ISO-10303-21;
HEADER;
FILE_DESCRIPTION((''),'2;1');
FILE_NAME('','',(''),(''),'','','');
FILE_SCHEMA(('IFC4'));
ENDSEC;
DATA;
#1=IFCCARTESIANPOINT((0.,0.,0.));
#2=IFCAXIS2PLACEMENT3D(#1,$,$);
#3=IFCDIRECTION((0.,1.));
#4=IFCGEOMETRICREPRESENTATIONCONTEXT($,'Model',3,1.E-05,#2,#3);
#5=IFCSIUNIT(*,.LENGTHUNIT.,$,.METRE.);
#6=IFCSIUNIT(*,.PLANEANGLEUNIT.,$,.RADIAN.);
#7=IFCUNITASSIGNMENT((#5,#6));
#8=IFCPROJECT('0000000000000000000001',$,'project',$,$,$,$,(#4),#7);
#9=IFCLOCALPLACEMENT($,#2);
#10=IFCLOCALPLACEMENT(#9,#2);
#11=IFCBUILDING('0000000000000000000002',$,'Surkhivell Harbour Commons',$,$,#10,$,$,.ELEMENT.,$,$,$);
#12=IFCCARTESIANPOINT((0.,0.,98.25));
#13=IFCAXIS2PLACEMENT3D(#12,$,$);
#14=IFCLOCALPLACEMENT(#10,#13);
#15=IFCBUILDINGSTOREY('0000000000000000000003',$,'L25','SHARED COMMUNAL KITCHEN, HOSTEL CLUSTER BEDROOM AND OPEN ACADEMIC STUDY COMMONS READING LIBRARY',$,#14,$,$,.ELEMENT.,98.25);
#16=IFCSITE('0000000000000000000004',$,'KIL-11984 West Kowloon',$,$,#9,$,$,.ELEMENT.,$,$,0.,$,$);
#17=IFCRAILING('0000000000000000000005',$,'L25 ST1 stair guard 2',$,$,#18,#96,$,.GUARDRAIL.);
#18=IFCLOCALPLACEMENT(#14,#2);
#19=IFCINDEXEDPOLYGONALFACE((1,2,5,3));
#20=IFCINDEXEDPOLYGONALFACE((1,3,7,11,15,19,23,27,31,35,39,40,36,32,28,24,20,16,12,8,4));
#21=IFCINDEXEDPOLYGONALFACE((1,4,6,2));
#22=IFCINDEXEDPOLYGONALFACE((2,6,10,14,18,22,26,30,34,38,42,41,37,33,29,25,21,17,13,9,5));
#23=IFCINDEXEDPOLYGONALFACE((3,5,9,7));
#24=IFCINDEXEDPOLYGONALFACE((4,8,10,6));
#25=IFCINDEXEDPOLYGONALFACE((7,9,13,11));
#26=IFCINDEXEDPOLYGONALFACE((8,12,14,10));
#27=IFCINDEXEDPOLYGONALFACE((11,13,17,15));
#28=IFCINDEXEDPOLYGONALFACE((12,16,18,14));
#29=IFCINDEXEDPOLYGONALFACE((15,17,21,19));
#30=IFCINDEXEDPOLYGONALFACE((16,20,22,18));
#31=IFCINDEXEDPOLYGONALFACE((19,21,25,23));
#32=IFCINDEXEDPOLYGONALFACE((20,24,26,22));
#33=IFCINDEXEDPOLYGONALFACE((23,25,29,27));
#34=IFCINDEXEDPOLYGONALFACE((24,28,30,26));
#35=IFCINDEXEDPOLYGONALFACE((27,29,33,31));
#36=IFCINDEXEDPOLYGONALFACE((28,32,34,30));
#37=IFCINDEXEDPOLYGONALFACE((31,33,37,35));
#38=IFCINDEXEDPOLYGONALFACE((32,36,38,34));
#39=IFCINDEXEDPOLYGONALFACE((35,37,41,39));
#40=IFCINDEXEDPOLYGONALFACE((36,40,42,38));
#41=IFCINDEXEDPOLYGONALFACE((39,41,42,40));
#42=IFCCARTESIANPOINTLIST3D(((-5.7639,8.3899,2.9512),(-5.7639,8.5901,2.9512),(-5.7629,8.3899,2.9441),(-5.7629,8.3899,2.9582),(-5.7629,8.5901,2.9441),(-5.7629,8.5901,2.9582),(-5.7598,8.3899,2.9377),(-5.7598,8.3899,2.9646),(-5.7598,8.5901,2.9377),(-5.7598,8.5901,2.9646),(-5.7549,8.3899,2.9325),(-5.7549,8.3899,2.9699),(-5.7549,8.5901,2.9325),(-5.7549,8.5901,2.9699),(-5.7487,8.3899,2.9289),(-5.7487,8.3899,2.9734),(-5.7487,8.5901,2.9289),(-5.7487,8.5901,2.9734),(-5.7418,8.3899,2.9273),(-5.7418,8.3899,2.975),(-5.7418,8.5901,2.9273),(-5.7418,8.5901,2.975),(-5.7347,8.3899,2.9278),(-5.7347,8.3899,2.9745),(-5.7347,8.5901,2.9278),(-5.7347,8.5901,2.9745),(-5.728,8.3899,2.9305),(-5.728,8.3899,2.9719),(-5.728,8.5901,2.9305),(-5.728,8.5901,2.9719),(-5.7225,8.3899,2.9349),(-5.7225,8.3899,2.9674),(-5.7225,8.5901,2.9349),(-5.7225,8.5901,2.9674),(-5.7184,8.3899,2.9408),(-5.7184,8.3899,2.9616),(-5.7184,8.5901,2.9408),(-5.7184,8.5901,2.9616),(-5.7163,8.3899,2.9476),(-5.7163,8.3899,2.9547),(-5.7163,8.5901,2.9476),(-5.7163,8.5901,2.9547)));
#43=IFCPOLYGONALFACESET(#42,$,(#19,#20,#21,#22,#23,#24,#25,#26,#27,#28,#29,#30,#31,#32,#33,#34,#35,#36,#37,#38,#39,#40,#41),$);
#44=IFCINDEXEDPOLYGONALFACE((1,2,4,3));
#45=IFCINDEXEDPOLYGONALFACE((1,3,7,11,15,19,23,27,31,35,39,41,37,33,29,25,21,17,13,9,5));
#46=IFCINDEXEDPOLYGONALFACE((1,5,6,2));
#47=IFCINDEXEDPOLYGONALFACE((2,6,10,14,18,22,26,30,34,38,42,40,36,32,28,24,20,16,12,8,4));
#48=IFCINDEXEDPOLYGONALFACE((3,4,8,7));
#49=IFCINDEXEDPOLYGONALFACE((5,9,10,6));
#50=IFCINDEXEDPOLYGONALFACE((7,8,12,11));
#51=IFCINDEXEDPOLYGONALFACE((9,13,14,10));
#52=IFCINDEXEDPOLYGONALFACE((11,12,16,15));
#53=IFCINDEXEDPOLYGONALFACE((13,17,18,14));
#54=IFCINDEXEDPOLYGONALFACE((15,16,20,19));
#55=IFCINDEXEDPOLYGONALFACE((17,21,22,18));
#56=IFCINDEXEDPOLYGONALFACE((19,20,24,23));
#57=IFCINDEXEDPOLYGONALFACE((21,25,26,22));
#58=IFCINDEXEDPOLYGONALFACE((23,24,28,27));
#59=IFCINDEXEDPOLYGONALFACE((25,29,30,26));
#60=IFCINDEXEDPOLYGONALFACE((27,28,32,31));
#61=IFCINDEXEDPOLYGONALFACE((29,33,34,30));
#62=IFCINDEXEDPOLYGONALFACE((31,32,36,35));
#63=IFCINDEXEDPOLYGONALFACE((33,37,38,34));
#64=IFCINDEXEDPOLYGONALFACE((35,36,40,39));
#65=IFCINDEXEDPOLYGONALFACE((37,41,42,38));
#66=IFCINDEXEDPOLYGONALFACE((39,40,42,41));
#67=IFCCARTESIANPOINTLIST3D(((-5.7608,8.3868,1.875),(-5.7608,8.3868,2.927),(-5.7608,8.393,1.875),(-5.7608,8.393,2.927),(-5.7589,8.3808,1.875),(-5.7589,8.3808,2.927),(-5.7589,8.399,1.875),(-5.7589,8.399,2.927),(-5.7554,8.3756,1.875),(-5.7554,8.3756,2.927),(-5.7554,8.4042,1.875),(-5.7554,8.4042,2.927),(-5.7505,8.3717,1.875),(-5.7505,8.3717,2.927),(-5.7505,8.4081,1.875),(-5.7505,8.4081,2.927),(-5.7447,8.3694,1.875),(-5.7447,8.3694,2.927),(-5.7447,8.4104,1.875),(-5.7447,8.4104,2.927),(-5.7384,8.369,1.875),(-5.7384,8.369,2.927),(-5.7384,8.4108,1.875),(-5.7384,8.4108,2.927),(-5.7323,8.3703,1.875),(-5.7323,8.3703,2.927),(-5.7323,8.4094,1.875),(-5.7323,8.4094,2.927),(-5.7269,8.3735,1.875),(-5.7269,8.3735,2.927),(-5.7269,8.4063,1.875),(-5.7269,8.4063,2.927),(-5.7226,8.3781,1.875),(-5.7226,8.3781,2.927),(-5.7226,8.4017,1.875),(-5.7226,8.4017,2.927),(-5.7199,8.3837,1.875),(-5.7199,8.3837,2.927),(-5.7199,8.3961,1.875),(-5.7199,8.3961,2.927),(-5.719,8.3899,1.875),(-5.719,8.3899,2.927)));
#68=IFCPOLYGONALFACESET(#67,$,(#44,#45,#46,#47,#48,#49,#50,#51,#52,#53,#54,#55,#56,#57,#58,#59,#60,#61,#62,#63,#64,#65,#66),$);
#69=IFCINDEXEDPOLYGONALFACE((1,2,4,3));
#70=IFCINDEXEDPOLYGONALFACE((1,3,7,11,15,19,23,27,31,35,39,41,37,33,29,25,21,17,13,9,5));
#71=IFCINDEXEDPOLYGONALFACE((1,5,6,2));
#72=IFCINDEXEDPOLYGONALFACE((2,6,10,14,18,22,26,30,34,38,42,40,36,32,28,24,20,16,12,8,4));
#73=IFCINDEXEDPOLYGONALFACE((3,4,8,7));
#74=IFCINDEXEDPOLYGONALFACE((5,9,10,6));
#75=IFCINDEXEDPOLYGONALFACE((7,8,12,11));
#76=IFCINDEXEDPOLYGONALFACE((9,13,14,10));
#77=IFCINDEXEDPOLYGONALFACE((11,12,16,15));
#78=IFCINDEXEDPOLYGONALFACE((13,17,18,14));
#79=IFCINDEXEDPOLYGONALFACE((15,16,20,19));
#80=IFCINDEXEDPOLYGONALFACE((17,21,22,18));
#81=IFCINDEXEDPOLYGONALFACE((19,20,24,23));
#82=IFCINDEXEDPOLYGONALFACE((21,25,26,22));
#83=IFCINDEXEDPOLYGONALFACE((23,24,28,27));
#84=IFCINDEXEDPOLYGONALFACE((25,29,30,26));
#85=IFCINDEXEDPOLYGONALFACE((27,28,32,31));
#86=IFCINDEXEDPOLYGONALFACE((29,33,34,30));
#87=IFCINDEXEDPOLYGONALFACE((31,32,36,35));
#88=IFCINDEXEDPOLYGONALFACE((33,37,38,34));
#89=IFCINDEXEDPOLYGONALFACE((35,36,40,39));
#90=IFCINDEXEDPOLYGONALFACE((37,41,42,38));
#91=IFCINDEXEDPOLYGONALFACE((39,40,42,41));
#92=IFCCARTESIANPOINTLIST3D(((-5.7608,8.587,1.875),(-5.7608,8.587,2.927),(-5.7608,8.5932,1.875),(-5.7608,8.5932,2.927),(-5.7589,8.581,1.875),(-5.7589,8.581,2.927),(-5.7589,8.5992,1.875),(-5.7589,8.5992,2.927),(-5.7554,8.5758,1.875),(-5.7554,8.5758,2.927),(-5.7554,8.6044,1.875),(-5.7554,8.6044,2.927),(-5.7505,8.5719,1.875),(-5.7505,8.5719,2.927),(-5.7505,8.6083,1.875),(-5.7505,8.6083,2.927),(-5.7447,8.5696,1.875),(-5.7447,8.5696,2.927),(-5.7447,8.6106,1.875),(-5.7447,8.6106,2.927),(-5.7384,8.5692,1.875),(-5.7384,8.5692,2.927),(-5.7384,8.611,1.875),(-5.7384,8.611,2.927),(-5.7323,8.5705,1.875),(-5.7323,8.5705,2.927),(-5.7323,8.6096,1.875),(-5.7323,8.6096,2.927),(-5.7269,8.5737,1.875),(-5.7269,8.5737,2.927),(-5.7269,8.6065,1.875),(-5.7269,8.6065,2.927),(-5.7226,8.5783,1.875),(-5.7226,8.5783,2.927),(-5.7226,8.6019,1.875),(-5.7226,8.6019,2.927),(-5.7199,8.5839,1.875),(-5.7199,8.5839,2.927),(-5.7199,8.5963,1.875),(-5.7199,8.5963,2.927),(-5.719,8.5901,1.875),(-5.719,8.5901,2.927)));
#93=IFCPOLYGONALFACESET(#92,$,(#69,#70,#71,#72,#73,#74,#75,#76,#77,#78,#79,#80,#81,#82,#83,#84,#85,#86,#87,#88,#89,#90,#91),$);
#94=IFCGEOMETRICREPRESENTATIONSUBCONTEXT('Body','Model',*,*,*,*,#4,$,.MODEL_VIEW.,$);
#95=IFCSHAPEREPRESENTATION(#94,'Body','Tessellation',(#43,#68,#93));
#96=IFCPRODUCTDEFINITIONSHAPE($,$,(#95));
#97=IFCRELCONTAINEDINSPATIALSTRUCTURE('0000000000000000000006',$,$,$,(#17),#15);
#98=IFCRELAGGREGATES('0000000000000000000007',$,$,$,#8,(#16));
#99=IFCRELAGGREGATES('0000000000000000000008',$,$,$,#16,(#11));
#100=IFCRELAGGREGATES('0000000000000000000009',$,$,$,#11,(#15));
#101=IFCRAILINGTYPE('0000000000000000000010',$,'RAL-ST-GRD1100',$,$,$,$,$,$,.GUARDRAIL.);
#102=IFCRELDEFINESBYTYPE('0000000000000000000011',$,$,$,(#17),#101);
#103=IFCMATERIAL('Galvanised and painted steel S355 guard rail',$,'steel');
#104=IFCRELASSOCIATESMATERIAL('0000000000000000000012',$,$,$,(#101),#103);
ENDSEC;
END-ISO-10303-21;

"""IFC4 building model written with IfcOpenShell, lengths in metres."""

from ifc_helpers import new_model, si_unit, direction, frame, origin, origin_2d, place, context, subcontext, project, spatial, circle, extrude, material, type_object, element, save


model = new_model("IFC4")

# Units and contexts
model_context = context("Model", 3, precision=1e-05, world=origin(), true_north=direction((0.0, 1.0)))
body_context = subcontext(model_context, "Body", "Model", "MODEL_VIEW")
ifc_project = project(units=[si_unit("LENGTHUNIT", "METRE"), si_unit("PLANEANGLEUNIT", "RADIAN")], contexts=[model_context])

# Site, building, storey
site_placement = place(None, origin())
site = spatial("IfcSite", under=ifc_project, at=site_placement, Name="KIL-11984 West Kowloon", CompositionType="ELEMENT", RefElevation=0.0)
building_placement = place(site_placement, origin())
building = spatial("IfcBuilding", under=site, at=building_placement, Name="Surkhivell Harbour Commons", CompositionType="ELEMENT")
storey_placement = place(building_placement, frame((0.0, 0.0, 98.25)))
storey = spatial("IfcBuildingStorey", under=building, at=storey_placement, Name="L25", Description="SHARED COMMUNAL KITCHEN, HOSTEL CLUSTER BEDROOM AND OPEN ACADEMIC STUDY COMMONS READING LIBRARY", CompositionType="ELEMENT", Elevation=98.25)

# Railing
ifc_material_1 = material(Name="Galvanised and painted steel S355 guard rail", Category="steel")
railing_type_1 = type_object("IfcRailingType", Name="RAL-ST-GRD1100", PredefinedType="GUARDRAIL", material=ifc_material_1)
railing_1_placement = place(storey_placement, frame((-5.74, 8.3899, 1.875)))
element("IfcRailing", 1, at=railing_1_placement, inside=storey, type_object=railing_type_1, Name="L25 ST1 stair guard 2", PredefinedType="GUARDRAIL", context=body_context, shape_type="SweptSolid", body=[
    extrude(circle(Radius=0.0239, at=origin_2d()), frame((0.0, 0.0, 1.0762), z_axis=(0.0, 1.0, 0.0), x_axis=(-1.0, 0.0, 0.0)), (0.0, 0.0, 1.0), 0.2002),
    extrude(circle(Radius=0.021, at=origin_2d()), origin(), (0.0, 0.0, 1.0), 1.052),
    extrude(circle(Radius=0.021, at=origin_2d()), frame((0.0, 0.2002, 0.0)), (0.0, 0.0, 1.0), 1.052),
])

save(model, "model.ifc")
